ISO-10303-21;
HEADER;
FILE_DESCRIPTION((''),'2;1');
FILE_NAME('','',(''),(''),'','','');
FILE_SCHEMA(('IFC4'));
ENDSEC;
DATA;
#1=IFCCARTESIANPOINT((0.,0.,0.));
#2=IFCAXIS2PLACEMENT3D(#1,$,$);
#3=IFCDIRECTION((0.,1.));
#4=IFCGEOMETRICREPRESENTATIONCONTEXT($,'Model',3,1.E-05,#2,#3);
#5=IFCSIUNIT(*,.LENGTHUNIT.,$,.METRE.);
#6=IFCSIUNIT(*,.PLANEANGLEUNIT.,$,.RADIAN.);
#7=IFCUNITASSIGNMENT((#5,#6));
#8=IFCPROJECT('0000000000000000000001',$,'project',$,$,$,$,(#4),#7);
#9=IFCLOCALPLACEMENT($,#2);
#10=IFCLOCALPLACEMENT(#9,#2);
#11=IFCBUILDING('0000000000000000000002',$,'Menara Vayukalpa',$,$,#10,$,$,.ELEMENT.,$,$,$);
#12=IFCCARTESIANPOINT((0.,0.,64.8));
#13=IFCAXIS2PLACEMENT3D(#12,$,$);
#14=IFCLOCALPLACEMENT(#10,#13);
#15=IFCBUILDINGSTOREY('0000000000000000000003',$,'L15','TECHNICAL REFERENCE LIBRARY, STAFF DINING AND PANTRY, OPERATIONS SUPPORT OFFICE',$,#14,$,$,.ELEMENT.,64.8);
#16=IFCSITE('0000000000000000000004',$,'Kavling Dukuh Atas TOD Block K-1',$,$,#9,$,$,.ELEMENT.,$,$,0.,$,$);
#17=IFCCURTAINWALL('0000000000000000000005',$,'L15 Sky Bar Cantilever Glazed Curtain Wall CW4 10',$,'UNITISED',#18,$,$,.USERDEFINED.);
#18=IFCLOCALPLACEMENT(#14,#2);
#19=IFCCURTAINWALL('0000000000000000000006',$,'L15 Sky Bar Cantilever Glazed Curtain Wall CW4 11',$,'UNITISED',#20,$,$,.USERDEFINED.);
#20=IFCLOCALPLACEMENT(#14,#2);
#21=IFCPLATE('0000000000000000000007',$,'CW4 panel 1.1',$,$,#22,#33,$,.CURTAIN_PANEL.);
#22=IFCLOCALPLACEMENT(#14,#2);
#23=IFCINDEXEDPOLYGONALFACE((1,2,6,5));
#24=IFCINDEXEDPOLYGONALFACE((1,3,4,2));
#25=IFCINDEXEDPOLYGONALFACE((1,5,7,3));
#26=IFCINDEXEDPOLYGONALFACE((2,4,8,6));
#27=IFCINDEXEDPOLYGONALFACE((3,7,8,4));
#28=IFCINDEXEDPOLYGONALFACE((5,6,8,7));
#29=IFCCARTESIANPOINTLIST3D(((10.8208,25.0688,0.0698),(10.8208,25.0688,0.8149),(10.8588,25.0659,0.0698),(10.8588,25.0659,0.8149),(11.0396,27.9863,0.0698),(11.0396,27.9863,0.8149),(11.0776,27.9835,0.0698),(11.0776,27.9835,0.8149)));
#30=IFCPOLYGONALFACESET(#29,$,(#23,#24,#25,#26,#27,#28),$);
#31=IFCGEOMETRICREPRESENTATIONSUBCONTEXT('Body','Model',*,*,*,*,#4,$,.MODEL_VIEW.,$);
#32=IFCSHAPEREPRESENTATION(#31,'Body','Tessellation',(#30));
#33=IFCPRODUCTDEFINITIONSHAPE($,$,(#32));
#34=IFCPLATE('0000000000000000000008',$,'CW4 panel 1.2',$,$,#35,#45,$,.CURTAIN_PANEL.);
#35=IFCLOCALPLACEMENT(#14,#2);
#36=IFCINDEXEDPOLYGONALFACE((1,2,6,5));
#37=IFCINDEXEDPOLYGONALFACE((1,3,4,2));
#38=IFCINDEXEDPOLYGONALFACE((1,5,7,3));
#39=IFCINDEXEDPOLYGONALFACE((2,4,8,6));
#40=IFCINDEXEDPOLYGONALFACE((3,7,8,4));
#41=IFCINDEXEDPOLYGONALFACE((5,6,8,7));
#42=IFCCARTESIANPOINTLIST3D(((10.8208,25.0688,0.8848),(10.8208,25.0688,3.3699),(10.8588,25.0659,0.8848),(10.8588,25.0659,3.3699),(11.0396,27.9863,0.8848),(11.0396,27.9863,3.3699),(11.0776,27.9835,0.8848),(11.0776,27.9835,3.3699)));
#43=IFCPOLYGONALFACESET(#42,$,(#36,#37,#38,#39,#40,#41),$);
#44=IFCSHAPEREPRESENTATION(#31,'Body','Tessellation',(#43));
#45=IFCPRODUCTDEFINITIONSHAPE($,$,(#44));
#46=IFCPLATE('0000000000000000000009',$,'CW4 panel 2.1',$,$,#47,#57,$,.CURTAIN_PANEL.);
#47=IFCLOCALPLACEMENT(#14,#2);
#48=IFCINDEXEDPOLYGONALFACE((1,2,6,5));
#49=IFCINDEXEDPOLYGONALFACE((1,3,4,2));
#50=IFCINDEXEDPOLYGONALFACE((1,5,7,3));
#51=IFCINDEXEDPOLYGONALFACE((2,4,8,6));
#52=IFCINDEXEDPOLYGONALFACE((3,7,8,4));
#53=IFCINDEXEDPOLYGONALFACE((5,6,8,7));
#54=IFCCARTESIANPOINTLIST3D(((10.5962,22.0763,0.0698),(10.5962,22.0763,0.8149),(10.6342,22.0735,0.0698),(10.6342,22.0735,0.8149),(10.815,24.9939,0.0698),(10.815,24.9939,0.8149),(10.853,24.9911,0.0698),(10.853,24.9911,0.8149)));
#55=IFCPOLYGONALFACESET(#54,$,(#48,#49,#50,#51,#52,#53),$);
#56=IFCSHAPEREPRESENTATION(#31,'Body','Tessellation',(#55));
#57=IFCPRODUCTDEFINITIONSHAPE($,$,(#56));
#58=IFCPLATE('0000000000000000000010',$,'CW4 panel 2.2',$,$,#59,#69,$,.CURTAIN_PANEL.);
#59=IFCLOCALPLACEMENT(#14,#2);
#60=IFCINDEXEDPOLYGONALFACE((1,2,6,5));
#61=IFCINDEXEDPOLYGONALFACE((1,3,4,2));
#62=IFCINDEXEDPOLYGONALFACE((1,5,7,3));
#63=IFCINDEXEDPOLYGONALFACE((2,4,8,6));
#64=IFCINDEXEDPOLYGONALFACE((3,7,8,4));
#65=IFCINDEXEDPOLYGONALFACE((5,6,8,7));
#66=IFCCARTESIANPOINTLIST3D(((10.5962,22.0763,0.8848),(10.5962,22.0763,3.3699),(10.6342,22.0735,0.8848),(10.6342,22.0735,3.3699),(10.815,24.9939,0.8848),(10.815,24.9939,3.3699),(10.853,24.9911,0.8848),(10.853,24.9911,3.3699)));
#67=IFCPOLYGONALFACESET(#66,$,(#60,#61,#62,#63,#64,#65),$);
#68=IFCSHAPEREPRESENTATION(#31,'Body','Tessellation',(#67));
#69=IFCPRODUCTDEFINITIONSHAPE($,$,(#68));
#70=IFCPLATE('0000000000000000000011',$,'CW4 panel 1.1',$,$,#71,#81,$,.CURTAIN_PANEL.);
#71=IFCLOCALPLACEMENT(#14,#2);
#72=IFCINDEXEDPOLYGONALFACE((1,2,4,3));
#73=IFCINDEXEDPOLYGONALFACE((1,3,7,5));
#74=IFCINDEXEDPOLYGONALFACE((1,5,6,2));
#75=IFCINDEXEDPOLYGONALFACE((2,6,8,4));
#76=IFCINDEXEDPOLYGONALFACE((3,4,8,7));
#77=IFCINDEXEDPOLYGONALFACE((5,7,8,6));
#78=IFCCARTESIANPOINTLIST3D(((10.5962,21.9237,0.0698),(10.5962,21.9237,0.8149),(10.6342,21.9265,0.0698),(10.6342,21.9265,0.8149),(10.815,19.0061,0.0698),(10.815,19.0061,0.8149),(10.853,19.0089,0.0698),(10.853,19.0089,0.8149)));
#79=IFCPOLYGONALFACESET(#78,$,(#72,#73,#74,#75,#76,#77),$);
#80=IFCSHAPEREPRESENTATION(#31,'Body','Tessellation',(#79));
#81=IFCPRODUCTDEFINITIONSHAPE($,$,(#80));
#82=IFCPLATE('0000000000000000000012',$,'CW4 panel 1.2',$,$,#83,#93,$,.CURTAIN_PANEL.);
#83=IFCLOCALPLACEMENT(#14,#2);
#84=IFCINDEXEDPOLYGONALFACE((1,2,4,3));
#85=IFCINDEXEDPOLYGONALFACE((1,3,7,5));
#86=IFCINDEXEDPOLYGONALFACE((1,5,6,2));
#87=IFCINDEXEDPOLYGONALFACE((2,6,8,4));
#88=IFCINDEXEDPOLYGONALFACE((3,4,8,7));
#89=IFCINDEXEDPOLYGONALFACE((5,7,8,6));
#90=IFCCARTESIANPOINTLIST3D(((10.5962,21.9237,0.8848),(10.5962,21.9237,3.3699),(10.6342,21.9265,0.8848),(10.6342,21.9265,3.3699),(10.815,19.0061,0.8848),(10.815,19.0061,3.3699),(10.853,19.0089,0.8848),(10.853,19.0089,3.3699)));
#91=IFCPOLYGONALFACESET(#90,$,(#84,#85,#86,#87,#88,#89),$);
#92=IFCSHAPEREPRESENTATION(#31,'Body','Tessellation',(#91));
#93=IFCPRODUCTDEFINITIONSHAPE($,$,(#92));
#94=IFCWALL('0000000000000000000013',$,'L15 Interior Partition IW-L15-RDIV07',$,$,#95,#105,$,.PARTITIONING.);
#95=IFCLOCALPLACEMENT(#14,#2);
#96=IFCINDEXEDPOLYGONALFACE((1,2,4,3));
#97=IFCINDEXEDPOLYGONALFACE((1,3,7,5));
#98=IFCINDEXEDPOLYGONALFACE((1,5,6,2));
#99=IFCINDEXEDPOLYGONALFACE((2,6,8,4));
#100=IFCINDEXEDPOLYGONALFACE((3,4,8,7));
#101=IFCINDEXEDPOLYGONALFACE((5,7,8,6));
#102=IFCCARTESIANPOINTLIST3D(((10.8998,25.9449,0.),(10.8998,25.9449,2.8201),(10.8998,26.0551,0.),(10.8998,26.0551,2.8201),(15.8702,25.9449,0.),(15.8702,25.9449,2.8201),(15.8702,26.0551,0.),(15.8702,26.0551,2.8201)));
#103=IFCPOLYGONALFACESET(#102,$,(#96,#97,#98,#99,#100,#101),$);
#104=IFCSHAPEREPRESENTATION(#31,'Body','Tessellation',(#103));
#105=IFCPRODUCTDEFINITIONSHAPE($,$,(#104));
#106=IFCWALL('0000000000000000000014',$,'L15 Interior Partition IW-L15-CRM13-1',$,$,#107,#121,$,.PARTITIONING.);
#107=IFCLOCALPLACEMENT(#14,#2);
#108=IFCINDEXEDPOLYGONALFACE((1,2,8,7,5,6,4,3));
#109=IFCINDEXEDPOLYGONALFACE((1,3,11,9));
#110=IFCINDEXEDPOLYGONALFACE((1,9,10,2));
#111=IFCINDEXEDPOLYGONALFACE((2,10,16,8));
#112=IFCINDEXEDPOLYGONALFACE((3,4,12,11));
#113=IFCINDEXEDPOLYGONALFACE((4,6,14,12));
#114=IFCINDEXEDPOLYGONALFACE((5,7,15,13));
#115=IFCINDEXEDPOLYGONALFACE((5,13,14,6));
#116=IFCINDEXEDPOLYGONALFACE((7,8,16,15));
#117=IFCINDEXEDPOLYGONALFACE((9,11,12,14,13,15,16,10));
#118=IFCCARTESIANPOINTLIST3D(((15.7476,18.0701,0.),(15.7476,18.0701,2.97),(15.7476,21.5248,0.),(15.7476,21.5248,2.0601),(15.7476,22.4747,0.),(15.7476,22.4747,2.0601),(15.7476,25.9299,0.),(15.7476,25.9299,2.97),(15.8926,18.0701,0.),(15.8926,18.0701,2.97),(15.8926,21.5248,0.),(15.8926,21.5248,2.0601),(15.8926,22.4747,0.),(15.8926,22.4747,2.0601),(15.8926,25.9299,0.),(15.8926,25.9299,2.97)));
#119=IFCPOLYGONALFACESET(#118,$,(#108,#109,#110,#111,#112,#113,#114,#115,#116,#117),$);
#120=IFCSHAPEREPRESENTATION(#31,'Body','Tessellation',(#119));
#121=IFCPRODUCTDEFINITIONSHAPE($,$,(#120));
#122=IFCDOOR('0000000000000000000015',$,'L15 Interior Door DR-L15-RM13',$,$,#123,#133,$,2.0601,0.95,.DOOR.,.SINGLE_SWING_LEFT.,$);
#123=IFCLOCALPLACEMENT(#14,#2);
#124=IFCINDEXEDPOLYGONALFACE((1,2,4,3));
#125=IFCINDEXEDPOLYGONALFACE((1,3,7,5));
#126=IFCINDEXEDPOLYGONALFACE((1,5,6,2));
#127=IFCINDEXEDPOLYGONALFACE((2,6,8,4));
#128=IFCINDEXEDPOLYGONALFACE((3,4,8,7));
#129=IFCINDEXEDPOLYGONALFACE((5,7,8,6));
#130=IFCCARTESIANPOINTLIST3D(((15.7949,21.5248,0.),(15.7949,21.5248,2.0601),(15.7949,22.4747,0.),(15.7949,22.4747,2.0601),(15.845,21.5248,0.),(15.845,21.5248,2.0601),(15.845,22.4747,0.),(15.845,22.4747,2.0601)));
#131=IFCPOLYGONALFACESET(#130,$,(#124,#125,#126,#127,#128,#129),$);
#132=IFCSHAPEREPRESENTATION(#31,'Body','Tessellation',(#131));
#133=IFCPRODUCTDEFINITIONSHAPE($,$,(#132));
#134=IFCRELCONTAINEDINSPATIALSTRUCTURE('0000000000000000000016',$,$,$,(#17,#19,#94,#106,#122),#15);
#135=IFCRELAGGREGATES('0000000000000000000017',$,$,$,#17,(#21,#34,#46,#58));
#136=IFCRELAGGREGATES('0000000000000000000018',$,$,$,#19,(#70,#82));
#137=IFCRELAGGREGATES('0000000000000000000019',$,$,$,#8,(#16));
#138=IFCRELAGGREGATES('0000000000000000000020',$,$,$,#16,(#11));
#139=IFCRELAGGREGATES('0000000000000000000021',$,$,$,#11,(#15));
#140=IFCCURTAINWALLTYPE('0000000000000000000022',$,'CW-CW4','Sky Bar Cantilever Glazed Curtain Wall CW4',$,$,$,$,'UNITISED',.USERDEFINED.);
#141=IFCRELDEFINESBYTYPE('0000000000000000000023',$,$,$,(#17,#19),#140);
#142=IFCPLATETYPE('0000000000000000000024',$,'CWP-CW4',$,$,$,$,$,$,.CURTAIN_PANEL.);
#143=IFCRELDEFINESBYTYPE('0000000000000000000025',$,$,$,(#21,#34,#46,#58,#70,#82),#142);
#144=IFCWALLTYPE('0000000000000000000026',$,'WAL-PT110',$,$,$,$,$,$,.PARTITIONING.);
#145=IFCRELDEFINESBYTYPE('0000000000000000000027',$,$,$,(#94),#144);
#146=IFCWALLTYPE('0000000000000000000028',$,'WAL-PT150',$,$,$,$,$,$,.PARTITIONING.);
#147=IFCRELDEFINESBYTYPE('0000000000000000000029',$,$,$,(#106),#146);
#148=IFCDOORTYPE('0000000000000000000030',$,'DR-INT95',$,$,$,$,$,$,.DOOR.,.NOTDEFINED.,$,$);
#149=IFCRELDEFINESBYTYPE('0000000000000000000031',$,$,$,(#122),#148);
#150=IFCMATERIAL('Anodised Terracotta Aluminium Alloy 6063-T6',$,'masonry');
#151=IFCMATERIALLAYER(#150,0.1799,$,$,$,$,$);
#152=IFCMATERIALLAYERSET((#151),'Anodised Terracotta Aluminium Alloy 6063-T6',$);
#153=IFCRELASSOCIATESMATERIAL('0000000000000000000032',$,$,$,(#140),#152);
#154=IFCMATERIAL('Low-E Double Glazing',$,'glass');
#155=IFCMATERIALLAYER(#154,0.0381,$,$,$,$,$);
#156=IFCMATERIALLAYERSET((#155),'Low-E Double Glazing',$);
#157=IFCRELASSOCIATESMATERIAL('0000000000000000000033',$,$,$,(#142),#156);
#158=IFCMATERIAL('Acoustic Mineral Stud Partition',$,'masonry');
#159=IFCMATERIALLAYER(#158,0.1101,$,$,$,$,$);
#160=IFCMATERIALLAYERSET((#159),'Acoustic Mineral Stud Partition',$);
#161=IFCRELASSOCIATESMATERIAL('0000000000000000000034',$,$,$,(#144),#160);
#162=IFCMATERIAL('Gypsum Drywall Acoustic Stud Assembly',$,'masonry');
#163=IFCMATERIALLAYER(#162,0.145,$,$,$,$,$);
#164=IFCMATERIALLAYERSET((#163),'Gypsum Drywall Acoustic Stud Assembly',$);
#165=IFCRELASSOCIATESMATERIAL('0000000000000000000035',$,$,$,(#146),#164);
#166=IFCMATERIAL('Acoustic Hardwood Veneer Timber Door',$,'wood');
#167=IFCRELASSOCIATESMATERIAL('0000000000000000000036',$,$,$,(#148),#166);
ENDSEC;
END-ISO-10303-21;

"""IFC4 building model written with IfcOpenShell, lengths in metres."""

from ifc_helpers import new_model, si_unit, direction, frame, frame_2d, origin, origin_2d, place, context, subcontext, project, spatial, rectangle, extrude, material, layer, layer_set, type_object, element, fill, aggregate, save


model = new_model("IFC4")

# Units and contexts
model_context = context("Model", 3, precision=1e-05, world=origin(), true_north=direction((0.0, 1.0)))
body_context = subcontext(model_context, "Body", "Model", "MODEL_VIEW")
ifc_project = project(units=[si_unit("LENGTHUNIT", "METRE"), si_unit("PLANEANGLEUNIT", "RADIAN")], contexts=[model_context])

# Site, building, storey
site_placement = place(None, origin())
site = spatial("IfcSite", under=ifc_project, at=site_placement, Name="Kavling Dukuh Atas TOD Block K-1", CompositionType="ELEMENT", RefElevation=0.0)
building_placement = place(site_placement, origin())
building = spatial("IfcBuilding", under=site, at=building_placement, Name="Menara Vayukalpa", CompositionType="ELEMENT")
storey_placement = place(building_placement, frame((0.0, 0.0, 64.8)))
storey = spatial("IfcBuildingStorey", under=building, at=storey_placement, Name="L15", Description="TECHNICAL REFERENCE LIBRARY, STAFF DINING AND PANTRY, OPERATIONS SUPPORT OFFICE", CompositionType="ELEMENT", Elevation=64.8)

# Curtain wall
ifc_material_1 = material(Name="Anodised Terracotta Aluminium Alloy 6063-T6", Category="masonry")
ifc_layer_1 = layer(ifc_material_1, 0.1799)
ifc_layer_set_1 = layer_set([ifc_layer_1], Name="Anodised Terracotta Aluminium Alloy 6063-T6")
curtain_wall_type = type_object("IfcCurtainWallType", Name="CW-CW4", Description="Sky Bar Cantilever Glazed Curtain Wall CW4", ElementType="UNITISED", PredefinedType="USERDEFINED", material=ifc_layer_set_1)
curtain_wall_1_placement = place(storey_placement, origin())
curtain_wall_1 = element("IfcCurtainWall", 1, at=curtain_wall_1_placement, inside=storey, type_object=curtain_wall_type, Name="L15 Sky Bar Cantilever Glazed Curtain Wall CW4 10", ObjectType="UNITISED", PredefinedType="USERDEFINED")

# Curtain wall
curtain_wall_2_placement = place(storey_placement, origin())
curtain_wall_2 = element("IfcCurtainWall", 2, at=curtain_wall_2_placement, inside=storey, type_object=curtain_wall_type, Name="L15 Sky Bar Cantilever Glazed Curtain Wall CW4 11", ObjectType="UNITISED", PredefinedType="USERDEFINED")

# Plates
ifc_material_2 = material(Name="Low-E Double Glazing", Category="glass")
ifc_layer_2 = layer(ifc_material_2, 0.0381)
ifc_layer_set_2 = layer_set([ifc_layer_2], Name="Low-E Double Glazing")
plate_type = type_object("IfcPlateType", Name="CWP-CW4", PredefinedType="CURTAIN_PANEL", material=ifc_layer_set_2)
plate_1_placement = place(storey_placement, frame((10.9492, 26.5261, 0.0698), z_axis=(0.0, 0.0, 1.0), x_axis=(-0.074795, -0.997199, 0.0)))
plate_1 = element("IfcPlate", 3, at=plate_1_placement, type_object=plate_type, Name="CW4 panel 1.1", PredefinedType="CURTAIN_PANEL", context=body_context, shape_type="SweptSolid", body=[
    extrude(rectangle(XDim=2.9258, YDim=0.0381, at=origin_2d()), origin(), (0.0, 0.0, 1.0), 0.7451),
])
plate_2_placement = place(storey_placement, frame((10.9492, 26.5261, 0.8848), z_axis=(0.0, 0.0, 1.0), x_axis=(-0.074795, -0.997199, 0.0)))
plate_2 = element("IfcPlate", 4, at=plate_2_placement, type_object=plate_type, Name="CW4 panel 1.2", PredefinedType="CURTAIN_PANEL", context=body_context, shape_type="SweptSolid", body=[
    extrude(rectangle(XDim=2.9258, YDim=0.0381, at=origin_2d()), origin(), (0.0, 0.0, 1.0), 2.4851),
])
plate_3_placement = place(storey_placement, frame((10.7246, 23.5337, 0.0698), z_axis=(0.0, 0.0, 1.0), x_axis=(-0.074795, -0.997199, 0.0)))
plate_3 = element("IfcPlate", 5, at=plate_3_placement, type_object=plate_type, Name="CW4 panel 2.1", PredefinedType="CURTAIN_PANEL", context=body_context, shape_type="SweptSolid", body=[
    extrude(rectangle(XDim=2.9258, YDim=0.0381, at=origin_2d()), origin(), (0.0, 0.0, 1.0), 0.7451),
])
plate_4_placement = place(storey_placement, frame((10.7246, 23.5337, 0.8848), z_axis=(0.0, 0.0, 1.0), x_axis=(-0.074795, -0.997199, 0.0)))
plate_4 = element("IfcPlate", 6, at=plate_4_placement, type_object=plate_type, Name="CW4 panel 2.2", PredefinedType="CURTAIN_PANEL", context=body_context, shape_type="SweptSolid", body=[
    extrude(rectangle(XDim=2.9258, YDim=0.0381, at=origin_2d()), origin(), (0.0, 0.0, 1.0), 2.4851),
])
aggregate(curtain_wall_1, [plate_1, plate_2, plate_3, plate_4])
plate_5_placement = place(storey_placement, frame((10.7246, 20.4663, 0.0698), z_axis=(0.0, 0.0, 1.0), x_axis=(0.074795, -0.997199, 0.0)))
plate_5 = element("IfcPlate", 7, at=plate_5_placement, type_object=plate_type, Name="CW4 panel 1.1", PredefinedType="CURTAIN_PANEL", context=body_context, shape_type="SweptSolid", body=[
    extrude(rectangle(XDim=2.9258, YDim=0.0381, at=origin_2d()), origin(), (0.0, 0.0, 1.0), 0.7451),
])
plate_6_placement = place(storey_placement, frame((10.7246, 20.4663, 0.8848), z_axis=(0.0, 0.0, 1.0), x_axis=(0.074795, -0.997199, 0.0)))
plate_6 = element("IfcPlate", 8, at=plate_6_placement, type_object=plate_type, Name="CW4 panel 1.2", PredefinedType="CURTAIN_PANEL", context=body_context, shape_type="SweptSolid", body=[
    extrude(rectangle(XDim=2.9258, YDim=0.0381, at=origin_2d()), origin(), (0.0, 0.0, 1.0), 2.4851),
])
aggregate(curtain_wall_2, [plate_5, plate_6])

# Wall
ifc_material_3 = material(Name="Acoustic Mineral Stud Partition", Category="masonry")
ifc_layer_3 = layer(ifc_material_3, 0.1101)
ifc_layer_set_3 = layer_set([ifc_layer_3], Name="Acoustic Mineral Stud Partition")
wall_type_1 = type_object("IfcWallType", Name="WAL-PT110", PredefinedType="PARTITIONING", material=ifc_layer_set_3)
wall_1_placement = place(storey_placement, frame((10.8997, 26.0, 0.0), z_axis=(0.0, 0.0, 1.0), x_axis=(1.0, 0.0, 0.0)))
element("IfcWall", 9, at=wall_1_placement, inside=storey, type_object=wall_type_1, Name="L15 Interior Partition IW-L15-RDIV07", PredefinedType="PARTITIONING", context=body_context, shape_type="SweptSolid", body=[
    extrude(rectangle(XDim=4.9705, YDim=0.1101, at=frame_2d((2.4854, 0.0))), origin(), (0.0, 0.0, 1.0), 2.8201),
])

# Wall, opening, door
ifc_material_4 = material(Name="Gypsum Drywall Acoustic Stud Assembly", Category="masonry")
ifc_layer_4 = layer(ifc_material_4, 0.145)
ifc_layer_set_4 = layer_set([ifc_layer_4], Name="Gypsum Drywall Acoustic Stud Assembly")
wall_type_2 = type_object("IfcWallType", Name="WAL-PT150", PredefinedType="PARTITIONING", material=ifc_layer_set_4)
wall_2_placement = place(storey_placement, frame((15.8201, 25.9299, 0.0), z_axis=(0.0, 0.0, 1.0), x_axis=(0.0, -1.0, 0.0)))
wall_2 = element("IfcWall", 10, at=wall_2_placement, inside=storey, type_object=wall_type_2, Name="L15 Interior Partition IW-L15-CRM13-1", PredefinedType="PARTITIONING", context=body_context, shape_type="SweptSolid", body=[
    extrude(rectangle(XDim=7.8599, YDim=0.145, at=frame_2d((3.9299, 0.0))), origin(), (0.0, 0.0, 1.0), 2.97),
])
opening_placement = place(wall_2_placement, frame((3.4551, 0.0, 0.0)))
opening = element("IfcOpeningElement", 11, at=opening_placement, cuts=wall_2, PredefinedType="OPENING", context=body_context, shape_type="SweptSolid", body=[
    extrude(rectangle(XDim=0.95, YDim=2.0601, at=frame_2d((0.4751, 1.03))), frame((0.0, 0.0825, 0.0), z_axis=(0.0, -1.0, 0.0), x_axis=(1.0, 0.0, 0.0)), (0.0, 0.0, 1.0), 0.165),
])
ifc_material_5 = material(Name="Acoustic Hardwood Veneer Timber Door", Category="wood")
door_type = type_object("IfcDoorType", Name="DR-INT95", OperationType="NOTDEFINED", PredefinedType="DOOR", material=ifc_material_5)
door_placement = place(opening_placement, origin())
door = element("IfcDoor", 12, at=door_placement, inside=storey, type_object=door_type, Name="L15 Interior Door DR-L15-RM13", OperationType="SINGLE_SWING_LEFT", OverallHeight=2.0601, OverallWidth=0.95, PredefinedType="DOOR", context=body_context, shape_type="SweptSolid", body=[
    extrude(rectangle(XDim=0.95, YDim=2.0601, at=frame_2d((0.4751, 1.03))), frame((0.0, 0.0249, 0.0), z_axis=(0.0, -1.0, 0.0), x_axis=(1.0, 0.0, 0.0)), (0.0, 0.0, 1.0), 0.05),
])
fill(opening, door)

save(model, "model.ifc")
